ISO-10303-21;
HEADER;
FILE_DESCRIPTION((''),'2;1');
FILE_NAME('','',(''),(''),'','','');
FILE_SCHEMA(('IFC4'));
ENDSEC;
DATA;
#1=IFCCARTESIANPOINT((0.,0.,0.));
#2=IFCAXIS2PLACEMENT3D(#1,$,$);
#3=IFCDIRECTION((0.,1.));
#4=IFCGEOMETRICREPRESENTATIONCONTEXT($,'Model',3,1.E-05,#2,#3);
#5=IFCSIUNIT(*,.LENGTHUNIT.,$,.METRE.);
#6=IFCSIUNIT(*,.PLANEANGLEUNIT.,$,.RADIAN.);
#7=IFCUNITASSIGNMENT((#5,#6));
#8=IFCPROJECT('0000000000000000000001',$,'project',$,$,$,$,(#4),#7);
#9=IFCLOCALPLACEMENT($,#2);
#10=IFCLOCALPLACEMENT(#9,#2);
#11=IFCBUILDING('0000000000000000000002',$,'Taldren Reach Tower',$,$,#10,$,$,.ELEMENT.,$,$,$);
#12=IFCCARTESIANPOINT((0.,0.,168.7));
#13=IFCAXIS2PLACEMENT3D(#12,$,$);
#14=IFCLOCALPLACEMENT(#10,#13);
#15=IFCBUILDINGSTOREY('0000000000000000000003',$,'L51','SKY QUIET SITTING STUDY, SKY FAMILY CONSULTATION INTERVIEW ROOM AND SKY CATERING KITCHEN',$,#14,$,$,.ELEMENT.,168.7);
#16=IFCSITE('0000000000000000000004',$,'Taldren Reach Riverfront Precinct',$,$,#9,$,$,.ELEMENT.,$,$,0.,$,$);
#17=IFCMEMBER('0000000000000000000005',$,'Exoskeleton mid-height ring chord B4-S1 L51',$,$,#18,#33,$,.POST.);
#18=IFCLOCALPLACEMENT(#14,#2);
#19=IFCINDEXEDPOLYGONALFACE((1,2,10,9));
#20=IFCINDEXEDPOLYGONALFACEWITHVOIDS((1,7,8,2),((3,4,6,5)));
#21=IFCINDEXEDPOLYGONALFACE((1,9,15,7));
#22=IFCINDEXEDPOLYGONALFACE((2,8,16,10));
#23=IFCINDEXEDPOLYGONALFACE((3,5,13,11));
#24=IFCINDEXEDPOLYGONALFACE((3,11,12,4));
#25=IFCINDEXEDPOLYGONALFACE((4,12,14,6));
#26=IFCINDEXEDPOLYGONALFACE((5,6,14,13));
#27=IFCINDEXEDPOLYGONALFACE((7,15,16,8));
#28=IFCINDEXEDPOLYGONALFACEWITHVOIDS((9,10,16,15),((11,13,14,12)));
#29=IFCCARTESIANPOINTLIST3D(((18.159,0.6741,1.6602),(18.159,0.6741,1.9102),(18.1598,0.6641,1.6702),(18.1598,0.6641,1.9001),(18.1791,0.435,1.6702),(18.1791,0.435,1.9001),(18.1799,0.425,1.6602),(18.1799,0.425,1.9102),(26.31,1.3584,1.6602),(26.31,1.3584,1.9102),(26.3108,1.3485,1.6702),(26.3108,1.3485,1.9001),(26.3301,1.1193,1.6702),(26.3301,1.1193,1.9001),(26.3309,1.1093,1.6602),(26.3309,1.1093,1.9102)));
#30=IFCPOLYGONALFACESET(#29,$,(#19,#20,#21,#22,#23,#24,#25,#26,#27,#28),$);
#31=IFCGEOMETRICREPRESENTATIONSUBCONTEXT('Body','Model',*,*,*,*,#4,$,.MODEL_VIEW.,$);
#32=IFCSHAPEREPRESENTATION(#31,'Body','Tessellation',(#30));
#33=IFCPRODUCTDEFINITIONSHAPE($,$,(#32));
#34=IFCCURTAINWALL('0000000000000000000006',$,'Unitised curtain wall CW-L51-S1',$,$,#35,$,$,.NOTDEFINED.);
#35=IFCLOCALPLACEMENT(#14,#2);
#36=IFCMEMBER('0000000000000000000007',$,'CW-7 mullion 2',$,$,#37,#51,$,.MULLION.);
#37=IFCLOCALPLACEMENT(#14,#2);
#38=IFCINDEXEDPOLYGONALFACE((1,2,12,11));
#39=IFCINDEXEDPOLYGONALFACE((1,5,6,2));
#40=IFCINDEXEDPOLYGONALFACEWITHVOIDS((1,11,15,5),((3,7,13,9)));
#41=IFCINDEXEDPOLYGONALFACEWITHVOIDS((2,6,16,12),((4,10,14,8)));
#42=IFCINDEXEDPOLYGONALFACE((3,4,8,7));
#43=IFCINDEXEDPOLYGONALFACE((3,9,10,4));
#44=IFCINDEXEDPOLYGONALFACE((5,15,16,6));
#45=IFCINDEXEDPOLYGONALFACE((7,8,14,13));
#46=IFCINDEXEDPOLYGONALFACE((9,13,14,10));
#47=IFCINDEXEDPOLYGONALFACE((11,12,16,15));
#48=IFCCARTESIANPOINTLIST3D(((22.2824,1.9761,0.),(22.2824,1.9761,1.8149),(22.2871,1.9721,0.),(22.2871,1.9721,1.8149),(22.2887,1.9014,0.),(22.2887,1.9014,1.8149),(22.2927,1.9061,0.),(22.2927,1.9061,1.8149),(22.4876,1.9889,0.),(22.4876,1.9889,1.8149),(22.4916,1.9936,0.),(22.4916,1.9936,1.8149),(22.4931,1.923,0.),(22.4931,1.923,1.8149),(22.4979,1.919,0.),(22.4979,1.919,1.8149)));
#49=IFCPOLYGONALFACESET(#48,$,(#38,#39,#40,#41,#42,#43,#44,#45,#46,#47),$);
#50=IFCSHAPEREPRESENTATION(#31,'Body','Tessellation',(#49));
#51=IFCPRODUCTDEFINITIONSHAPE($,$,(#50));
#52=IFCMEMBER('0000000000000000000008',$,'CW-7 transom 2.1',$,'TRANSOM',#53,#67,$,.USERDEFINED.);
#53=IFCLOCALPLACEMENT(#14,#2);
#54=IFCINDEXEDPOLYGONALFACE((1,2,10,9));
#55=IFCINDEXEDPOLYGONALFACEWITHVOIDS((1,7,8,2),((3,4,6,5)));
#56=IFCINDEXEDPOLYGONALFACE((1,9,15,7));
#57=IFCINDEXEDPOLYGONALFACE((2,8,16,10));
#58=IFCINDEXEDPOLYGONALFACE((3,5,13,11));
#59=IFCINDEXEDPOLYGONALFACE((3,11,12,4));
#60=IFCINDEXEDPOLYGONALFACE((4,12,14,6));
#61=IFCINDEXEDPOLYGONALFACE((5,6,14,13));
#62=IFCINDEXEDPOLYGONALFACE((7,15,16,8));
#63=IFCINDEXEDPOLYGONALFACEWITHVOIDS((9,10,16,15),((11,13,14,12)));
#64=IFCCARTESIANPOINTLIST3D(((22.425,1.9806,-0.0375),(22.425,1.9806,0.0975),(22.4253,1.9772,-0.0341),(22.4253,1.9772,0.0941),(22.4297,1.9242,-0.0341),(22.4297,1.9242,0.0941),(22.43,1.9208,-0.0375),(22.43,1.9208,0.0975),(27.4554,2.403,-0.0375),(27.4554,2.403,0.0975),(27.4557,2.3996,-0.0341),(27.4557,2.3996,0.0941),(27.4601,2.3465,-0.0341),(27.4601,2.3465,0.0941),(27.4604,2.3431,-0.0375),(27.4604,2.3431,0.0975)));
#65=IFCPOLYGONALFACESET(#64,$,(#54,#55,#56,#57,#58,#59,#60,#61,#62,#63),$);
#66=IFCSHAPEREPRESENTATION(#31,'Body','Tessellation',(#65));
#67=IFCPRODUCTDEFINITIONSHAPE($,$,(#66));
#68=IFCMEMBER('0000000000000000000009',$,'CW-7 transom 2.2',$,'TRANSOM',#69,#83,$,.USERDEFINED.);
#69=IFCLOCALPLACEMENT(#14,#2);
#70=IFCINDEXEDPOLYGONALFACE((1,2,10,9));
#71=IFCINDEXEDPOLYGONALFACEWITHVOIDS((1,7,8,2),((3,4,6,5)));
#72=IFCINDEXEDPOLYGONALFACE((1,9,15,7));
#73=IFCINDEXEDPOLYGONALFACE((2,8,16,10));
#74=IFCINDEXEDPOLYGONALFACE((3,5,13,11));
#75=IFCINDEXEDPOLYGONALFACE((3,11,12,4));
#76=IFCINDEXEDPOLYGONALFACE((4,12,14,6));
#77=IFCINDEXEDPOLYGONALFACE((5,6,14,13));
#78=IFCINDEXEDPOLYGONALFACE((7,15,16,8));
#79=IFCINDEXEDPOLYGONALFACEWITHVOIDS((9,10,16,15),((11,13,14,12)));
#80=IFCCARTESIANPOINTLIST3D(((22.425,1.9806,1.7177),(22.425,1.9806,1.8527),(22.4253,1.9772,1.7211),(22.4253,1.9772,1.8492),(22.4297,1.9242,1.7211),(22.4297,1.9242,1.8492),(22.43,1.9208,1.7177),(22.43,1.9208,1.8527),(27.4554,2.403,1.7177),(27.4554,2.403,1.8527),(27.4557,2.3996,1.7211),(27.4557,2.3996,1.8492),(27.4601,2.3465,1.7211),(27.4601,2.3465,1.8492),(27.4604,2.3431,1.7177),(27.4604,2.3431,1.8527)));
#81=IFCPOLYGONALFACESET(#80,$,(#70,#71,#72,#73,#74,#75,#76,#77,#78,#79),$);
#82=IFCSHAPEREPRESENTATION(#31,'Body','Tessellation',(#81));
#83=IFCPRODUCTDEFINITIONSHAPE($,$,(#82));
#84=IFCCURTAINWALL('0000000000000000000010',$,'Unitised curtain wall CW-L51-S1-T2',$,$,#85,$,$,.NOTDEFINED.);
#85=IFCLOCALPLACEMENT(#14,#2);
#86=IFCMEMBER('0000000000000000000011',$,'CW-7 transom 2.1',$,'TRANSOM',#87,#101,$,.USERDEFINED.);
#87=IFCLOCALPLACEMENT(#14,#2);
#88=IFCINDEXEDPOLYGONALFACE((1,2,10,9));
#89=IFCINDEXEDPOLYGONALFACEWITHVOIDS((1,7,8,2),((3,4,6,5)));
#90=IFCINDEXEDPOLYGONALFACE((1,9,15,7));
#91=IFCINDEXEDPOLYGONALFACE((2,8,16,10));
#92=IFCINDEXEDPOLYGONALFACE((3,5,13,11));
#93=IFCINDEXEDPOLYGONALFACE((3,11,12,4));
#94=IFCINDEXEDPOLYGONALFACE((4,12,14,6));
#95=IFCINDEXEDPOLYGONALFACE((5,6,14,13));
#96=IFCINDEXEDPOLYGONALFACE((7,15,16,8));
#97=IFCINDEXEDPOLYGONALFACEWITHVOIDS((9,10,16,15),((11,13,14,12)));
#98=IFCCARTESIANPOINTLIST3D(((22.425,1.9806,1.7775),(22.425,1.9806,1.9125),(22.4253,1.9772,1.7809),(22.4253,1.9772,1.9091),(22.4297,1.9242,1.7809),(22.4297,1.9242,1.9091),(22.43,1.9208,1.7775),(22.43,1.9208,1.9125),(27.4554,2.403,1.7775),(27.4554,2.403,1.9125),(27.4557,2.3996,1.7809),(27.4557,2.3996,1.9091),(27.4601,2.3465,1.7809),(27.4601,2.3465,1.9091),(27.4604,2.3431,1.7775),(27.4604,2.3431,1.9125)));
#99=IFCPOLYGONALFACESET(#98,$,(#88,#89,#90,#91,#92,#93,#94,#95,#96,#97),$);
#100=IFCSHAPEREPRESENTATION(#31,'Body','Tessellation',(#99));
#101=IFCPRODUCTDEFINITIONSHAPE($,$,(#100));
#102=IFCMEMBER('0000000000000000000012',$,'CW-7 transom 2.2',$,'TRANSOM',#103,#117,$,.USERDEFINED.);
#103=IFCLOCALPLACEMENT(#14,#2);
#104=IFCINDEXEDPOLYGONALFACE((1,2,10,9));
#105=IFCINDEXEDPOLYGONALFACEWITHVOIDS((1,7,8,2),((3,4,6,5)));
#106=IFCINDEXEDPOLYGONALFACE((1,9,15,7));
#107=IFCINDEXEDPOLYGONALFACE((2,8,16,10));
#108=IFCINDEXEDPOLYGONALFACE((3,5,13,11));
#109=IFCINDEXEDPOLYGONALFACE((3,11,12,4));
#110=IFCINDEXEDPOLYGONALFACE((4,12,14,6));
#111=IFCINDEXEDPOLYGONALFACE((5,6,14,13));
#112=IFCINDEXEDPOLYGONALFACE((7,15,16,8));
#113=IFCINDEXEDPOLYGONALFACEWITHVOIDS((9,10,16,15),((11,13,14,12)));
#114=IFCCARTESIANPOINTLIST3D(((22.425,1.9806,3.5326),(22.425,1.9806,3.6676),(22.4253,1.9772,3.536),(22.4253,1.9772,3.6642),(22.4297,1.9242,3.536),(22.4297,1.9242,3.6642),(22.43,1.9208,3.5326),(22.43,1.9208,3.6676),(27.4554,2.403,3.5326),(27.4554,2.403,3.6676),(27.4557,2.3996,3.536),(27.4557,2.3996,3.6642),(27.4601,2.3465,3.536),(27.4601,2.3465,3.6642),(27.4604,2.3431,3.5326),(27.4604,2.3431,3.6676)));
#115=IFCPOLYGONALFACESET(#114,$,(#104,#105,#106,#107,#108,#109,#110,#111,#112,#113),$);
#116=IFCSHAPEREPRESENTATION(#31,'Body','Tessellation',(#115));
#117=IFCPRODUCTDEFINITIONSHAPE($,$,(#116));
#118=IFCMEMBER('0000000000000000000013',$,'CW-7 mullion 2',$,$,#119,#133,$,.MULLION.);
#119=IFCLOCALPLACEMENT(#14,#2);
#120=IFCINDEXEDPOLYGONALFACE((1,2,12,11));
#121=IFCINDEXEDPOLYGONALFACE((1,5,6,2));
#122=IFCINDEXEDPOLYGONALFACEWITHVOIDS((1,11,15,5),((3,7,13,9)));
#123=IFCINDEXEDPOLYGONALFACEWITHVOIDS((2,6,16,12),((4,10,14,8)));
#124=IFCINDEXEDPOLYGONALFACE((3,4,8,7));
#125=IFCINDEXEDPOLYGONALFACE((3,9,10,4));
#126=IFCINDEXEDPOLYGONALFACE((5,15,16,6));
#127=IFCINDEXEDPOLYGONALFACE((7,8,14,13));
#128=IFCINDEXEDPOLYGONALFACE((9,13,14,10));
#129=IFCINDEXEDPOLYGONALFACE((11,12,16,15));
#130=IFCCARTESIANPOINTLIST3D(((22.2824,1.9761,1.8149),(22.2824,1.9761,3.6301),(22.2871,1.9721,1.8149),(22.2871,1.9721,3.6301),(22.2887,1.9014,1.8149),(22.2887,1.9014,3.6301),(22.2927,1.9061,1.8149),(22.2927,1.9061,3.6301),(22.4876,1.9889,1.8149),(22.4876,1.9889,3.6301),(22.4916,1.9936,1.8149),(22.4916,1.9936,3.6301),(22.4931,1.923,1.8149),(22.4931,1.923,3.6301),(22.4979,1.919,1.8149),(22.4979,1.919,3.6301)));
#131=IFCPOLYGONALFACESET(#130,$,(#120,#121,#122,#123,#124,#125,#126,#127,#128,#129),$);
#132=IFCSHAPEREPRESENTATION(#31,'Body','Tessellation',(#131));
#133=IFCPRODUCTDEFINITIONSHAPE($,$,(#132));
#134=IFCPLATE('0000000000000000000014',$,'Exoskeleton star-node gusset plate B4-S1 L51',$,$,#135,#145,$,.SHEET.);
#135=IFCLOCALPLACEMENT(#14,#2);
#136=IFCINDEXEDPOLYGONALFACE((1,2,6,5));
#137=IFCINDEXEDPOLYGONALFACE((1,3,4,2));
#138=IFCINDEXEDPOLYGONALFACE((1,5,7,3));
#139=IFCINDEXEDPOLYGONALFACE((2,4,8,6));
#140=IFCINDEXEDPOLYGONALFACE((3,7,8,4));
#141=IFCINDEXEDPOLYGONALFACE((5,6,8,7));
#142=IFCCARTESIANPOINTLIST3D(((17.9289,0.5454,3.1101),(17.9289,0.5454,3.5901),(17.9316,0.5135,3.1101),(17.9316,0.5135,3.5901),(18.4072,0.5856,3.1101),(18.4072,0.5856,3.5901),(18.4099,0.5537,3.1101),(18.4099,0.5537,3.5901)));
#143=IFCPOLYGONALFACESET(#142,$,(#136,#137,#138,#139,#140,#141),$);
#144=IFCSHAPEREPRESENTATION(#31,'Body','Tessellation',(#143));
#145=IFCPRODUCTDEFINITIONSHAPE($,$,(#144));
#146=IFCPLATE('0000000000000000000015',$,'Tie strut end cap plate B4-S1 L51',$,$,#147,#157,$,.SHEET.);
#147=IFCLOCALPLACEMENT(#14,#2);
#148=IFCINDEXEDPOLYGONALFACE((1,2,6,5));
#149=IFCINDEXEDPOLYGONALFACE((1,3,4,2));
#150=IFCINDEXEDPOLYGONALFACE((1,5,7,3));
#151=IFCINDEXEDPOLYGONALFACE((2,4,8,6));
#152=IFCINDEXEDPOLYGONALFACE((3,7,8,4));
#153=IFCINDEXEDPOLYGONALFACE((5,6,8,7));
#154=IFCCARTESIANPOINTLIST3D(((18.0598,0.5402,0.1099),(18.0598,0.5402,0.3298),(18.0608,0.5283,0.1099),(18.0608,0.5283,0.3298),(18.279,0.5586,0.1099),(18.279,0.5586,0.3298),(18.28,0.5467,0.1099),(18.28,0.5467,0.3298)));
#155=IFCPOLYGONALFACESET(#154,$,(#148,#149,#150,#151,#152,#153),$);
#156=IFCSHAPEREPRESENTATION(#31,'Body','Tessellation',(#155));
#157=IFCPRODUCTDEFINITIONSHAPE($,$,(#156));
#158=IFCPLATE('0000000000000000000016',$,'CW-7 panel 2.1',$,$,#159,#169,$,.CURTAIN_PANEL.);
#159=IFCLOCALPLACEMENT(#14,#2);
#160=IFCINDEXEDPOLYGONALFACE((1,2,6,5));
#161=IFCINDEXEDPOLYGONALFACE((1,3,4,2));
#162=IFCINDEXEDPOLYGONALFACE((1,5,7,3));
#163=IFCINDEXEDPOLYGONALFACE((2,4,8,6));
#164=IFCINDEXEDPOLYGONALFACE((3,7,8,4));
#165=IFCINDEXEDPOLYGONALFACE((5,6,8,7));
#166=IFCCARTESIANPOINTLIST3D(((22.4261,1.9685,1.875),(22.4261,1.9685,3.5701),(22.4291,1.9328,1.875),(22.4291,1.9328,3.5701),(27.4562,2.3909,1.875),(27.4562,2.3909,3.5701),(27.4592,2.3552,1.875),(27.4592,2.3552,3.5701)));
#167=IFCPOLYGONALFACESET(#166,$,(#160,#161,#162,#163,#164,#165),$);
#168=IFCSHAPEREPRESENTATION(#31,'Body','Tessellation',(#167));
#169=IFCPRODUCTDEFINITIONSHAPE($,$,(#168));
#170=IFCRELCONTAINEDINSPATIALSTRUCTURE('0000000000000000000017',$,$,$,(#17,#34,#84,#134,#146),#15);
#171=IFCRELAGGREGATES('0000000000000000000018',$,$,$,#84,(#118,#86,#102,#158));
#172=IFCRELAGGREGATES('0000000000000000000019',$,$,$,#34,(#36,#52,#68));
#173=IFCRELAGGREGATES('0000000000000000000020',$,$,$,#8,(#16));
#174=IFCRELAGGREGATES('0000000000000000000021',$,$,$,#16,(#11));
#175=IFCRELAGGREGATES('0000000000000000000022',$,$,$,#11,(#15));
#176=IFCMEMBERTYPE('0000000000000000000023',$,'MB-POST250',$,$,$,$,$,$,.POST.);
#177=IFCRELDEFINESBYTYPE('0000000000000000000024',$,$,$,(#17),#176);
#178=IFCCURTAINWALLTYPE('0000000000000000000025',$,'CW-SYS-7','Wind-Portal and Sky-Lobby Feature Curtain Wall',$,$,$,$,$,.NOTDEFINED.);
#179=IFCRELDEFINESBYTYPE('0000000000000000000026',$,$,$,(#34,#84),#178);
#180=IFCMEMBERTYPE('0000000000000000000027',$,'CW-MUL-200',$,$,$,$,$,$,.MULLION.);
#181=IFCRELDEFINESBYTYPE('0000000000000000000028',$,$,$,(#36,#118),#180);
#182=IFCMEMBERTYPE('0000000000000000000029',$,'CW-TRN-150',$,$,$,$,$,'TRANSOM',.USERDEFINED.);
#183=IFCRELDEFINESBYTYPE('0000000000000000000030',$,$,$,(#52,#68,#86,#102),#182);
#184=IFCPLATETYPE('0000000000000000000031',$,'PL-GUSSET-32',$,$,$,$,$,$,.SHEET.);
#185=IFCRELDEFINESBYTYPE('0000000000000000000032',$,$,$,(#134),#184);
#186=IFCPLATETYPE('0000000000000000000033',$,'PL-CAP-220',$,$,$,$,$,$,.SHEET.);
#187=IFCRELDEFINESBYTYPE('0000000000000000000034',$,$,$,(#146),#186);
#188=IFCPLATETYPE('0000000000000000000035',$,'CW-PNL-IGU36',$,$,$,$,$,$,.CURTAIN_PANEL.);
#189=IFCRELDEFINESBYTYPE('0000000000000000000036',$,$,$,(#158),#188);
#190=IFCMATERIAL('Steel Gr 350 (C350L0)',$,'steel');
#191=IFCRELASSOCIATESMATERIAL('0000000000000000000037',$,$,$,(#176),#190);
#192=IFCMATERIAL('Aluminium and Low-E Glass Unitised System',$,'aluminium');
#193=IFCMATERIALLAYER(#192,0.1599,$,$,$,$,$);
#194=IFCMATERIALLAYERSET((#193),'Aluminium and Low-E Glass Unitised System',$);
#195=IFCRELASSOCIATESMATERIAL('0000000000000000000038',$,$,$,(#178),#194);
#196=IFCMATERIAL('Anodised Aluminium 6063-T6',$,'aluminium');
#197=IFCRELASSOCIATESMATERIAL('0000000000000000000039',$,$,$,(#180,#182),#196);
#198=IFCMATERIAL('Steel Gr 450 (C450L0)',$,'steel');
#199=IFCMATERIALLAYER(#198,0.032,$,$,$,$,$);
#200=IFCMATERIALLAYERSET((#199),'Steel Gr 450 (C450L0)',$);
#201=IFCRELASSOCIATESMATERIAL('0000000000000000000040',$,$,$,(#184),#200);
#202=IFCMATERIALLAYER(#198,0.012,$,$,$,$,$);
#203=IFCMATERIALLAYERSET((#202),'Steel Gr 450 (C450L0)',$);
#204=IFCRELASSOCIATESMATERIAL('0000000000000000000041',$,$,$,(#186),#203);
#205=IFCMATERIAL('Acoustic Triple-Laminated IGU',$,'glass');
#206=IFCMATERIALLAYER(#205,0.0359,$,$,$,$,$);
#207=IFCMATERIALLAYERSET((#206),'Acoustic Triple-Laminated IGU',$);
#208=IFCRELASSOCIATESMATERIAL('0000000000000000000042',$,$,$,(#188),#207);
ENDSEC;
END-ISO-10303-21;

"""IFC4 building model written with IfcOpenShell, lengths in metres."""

from ifc_helpers import new_model, si_unit, direction, frame, origin, origin_2d, place, context, subcontext, project, spatial, rectangle, hollow_rectangle, extrude, source, transform, mapped, material, layer, layer_set, material_profile, profile_set, type_object, element, aggregate, save


model = new_model("IFC4")

# Units and contexts
model_context = context("Model", 3, precision=1e-05, world=origin(), true_north=direction((0.0, 1.0)))
body_context = subcontext(model_context, "Body", "Model", "MODEL_VIEW")
ifc_project = project(units=[si_unit("LENGTHUNIT", "METRE"), si_unit("PLANEANGLEUNIT", "RADIAN")], contexts=[model_context])

# Site, building, storey
site_placement = place(None, origin())
site = spatial("IfcSite", under=ifc_project, at=site_placement, Name="Taldren Reach Riverfront Precinct", CompositionType="ELEMENT", RefElevation=0.0)
building_placement = place(site_placement, origin())
building = spatial("IfcBuilding", under=site, at=building_placement, Name="Taldren Reach Tower", CompositionType="ELEMENT")
storey_placement = place(building_placement, frame((0.0, 0.0, 168.7)))
storey = spatial("IfcBuildingStorey", under=building, at=storey_placement, Name="L51", Description="SKY QUIET SITTING STUDY, SKY FAMILY CONSULTATION INTERVIEW ROOM AND SKY CATERING KITCHEN", CompositionType="ELEMENT", Elevation=168.7)

# Shared definitions
ifc_material_1 = material(Name="Steel Gr 350 (C350L0)", Category="steel")

# Shared definitions
ifc_material_profile_1 = material_profile(ifc_material_1, hollow_rectangle(XDim=0.25, YDim=0.25, WallThickness=0.01, at=origin_2d()), Name="250x250x10.0SHS")
ifc_profile_set_1 = profile_set([ifc_material_profile_1], Name="Steel Gr 350 (C350L0)")
member_type_1 = type_object("IfcMemberType", Name="MB-POST250", PredefinedType="POST", material=ifc_profile_set_1)

# Member
ifc_material_2 = material(Name="Steel Gr 450 (C450L0)", Category="steel")
shared_shape_1 = source(origin(), body_context, "Body", "SweptSolid", [
    extrude(hollow_rectangle(XDim=0.25, YDim=0.25, WallThickness=0.01, at=origin_2d()), origin(), (0.0, 0.0, 1.0), 8.1797),
])
member_1_placement = place(storey_placement, frame((18.1694, 0.5496, 1.7852), z_axis=(0.996494, 0.083661, 0.0), x_axis=(-0.083661, 0.996494, 0.0)))
element("IfcMember", 1, at=member_1_placement, inside=storey, type_object=member_type_1, Name="Exoskeleton mid-height ring chord B4-S1 L51", PredefinedType="POST", context=body_context, shape_type="MappedRepresentation", body=[
    mapped(shared_shape_1, transform((0.0, 0.0, 0.0), scale=1.0)),
])

# Curtain walls, members
ifc_material_3 = material(Name="Aluminium and Low-E Glass Unitised System", Category="aluminium")
ifc_layer_1 = layer(ifc_material_3, 0.1599)
ifc_layer_set_1 = layer_set([ifc_layer_1], Name="Aluminium and Low-E Glass Unitised System")
curtain_wall_type = type_object("IfcCurtainWallType", Name="CW-SYS-7", Description="Wind-Portal and Sky-Lobby Feature Curtain Wall", PredefinedType="NOTDEFINED", material=ifc_layer_set_1)
curtain_wall_1_placement = place(storey_placement, origin())
curtain_wall_1 = element("IfcCurtainWall", 2, at=curtain_wall_1_placement, inside=storey, type_object=curtain_wall_type, Name="Unitised curtain wall CW-L51-S1", PredefinedType="NOTDEFINED")
ifc_material_4 = material(Name="Anodised Aluminium 6063-T6", Category="aluminium")
ifc_material_profile_2 = material_profile(ifc_material_4, hollow_rectangle(XDim=0.075, YDim=0.21, WallThickness=0.0044, at=origin_2d()), Name="ALU-210x75x4.5RHS")
ifc_profile_set_2 = profile_set([ifc_material_profile_2], Name="Anodised Aluminium 6063-T6")
member_type_2 = type_object("IfcMemberType", Name="CW-MUL-200", PredefinedType="MULLION", material=ifc_profile_set_2)
shared_shape_2 = source(origin(), body_context, "Body", "SweptSolid", [
    extrude(hollow_rectangle(XDim=0.075, YDim=0.21, WallThickness=0.0044, at=origin_2d()), origin(), (0.0, 0.0, 1.0), 1.8149),
])
member_2_placement = place(storey_placement, frame((22.3901, 1.9475, 0.0), z_axis=(0.0, 0.0, 1.0), x_axis=(-0.083678, 0.996493, 0.0)))
member_2 = element("IfcMember", 3, at=member_2_placement, type_object=member_type_2, Name="CW-7 mullion 2", PredefinedType="MULLION", context=body_context, shape_type="MappedRepresentation", body=[
    mapped(shared_shape_2, transform((0.0, 0.0, 0.0), scale=1.0)),
])
ifc_material_profile_3 = material_profile(ifc_material_4, hollow_rectangle(XDim=0.0601, YDim=0.135, WallThickness=0.0034, at=origin_2d()), Name="ALU-135x60x3.5RHS")
ifc_profile_set_3 = profile_set([ifc_material_profile_3], Name="Anodised Aluminium 6063-T6")
member_type_3 = type_object("IfcMemberType", Name="CW-TRN-150", ElementType="TRANSOM", PredefinedType="USERDEFINED", material=ifc_profile_set_3)
shared_shape_3 = source(origin(), body_context, "Body", "SweptSolid", [
    extrude(hollow_rectangle(XDim=0.0601, YDim=0.135, WallThickness=0.0034, at=origin_2d()), origin(), (0.0, 0.0, 1.0), 5.0481),
])
member_3_placement = place(storey_placement, frame((22.4275, 1.9507, 0.03), z_axis=(0.996494, 0.08367, 0.0), x_axis=(-0.08367, 0.996494, 0.0)))
member_3 = element("IfcMember", 4, at=member_3_placement, type_object=member_type_3, Name="CW-7 transom 2.1", ObjectType="TRANSOM", PredefinedType="USERDEFINED", context=body_context, shape_type="MappedRepresentation", body=[
    mapped(shared_shape_3, transform((0.0, 0.0, 0.0), scale=1.0)),
])
member_4_placement = place(storey_placement, frame((22.4275, 1.9507, 1.7852), z_axis=(0.996494, 0.08367, 0.0), x_axis=(-0.08367, 0.996494, 0.0)))
member_4 = element("IfcMember", 5, at=member_4_placement, type_object=member_type_3, Name="CW-7 transom 2.2", ObjectType="TRANSOM", PredefinedType="USERDEFINED", context=body_context, shape_type="MappedRepresentation", body=[
    mapped(shared_shape_3, transform((0.0, 0.0, 0.0), scale=1.0)),
])
curtain_wall_2_placement = place(storey_placement, origin())
curtain_wall_2 = element("IfcCurtainWall", 6, at=curtain_wall_2_placement, inside=storey, type_object=curtain_wall_type, Name="Unitised curtain wall CW-L51-S1-T2", PredefinedType="NOTDEFINED")
member_5_placement = place(storey_placement, frame((22.4275, 1.9507, 1.845), z_axis=(0.996494, 0.08367, 0.0), x_axis=(-0.08367, 0.996494, 0.0)))
member_5 = element("IfcMember", 7, at=member_5_placement, type_object=member_type_3, Name="CW-7 transom 2.1", ObjectType="TRANSOM", PredefinedType="USERDEFINED", context=body_context, shape_type="MappedRepresentation", body=[
    mapped(shared_shape_3, transform((0.0, 0.0, 0.0), scale=1.0)),
])
member_6_placement = place(storey_placement, frame((22.4275, 1.9507, 3.6001), z_axis=(0.996494, 0.08367, 0.0), x_axis=(-0.08367, 0.996494, 0.0)))
member_6 = element("IfcMember", 8, at=member_6_placement, type_object=member_type_3, Name="CW-7 transom 2.2", ObjectType="TRANSOM", PredefinedType="USERDEFINED", context=body_context, shape_type="MappedRepresentation", body=[
    mapped(shared_shape_3, transform((0.0, 0.0, 0.0), scale=1.0)),
])
shared_shape_4 = source(origin(), body_context, "Body", "SweptSolid", [
    extrude(hollow_rectangle(XDim=0.075, YDim=0.21, WallThickness=0.0044, at=origin_2d()), origin(), (0.0, 0.0, 1.0), 1.8152),
])
member_7_placement = place(storey_placement, frame((22.3901, 1.9475, 1.8149), z_axis=(0.0, 0.0, 1.0), x_axis=(-0.083678, 0.996493, 0.0)))
member_7 = element("IfcMember", 9, at=member_7_placement, type_object=member_type_2, Name="CW-7 mullion 2", PredefinedType="MULLION", context=body_context, shape_type="MappedRepresentation", body=[
    mapped(shared_shape_4, transform((0.0, 0.0, 0.0), scale=1.0)),
])

# Plates
ifc_layer_2 = layer(ifc_material_2, 0.032)
ifc_layer_set_2 = layer_set([ifc_layer_2], Name="Steel Gr 450 (C450L0)")
plate_type_1 = type_object("IfcPlateType", Name="PL-GUSSET-32", PredefinedType="SHEET", material=ifc_layer_set_2)
shared_shape_5 = source(origin(), body_context, "Body", "SweptSolid", [
    extrude(rectangle(XDim=0.48, YDim=0.032, at=origin_2d()), origin(), (0.0, 0.0, 1.0), 0.48),
])
plate_1_placement = place(storey_placement, frame((18.1694, 0.5496, 3.1101), z_axis=(0.0, 0.0, 1.0), x_axis=(0.996493, 0.083678, 0.0)))
element("IfcPlate", 10, at=plate_1_placement, inside=storey, type_object=plate_type_1, Name="Exoskeleton star-node gusset plate B4-S1 L51", PredefinedType="SHEET", context=body_context, shape_type="MappedRepresentation", body=[
    mapped(shared_shape_5, transform((0.0, 0.0, 0.0), scale=1.0)),
])
ifc_layer_3 = layer(ifc_material_2, 0.012)
ifc_layer_set_3 = layer_set([ifc_layer_3], Name="Steel Gr 450 (C450L0)")
plate_type_2 = type_object("IfcPlateType", Name="PL-CAP-220", PredefinedType="SHEET", material=ifc_layer_set_3)
shared_shape_6 = source(origin(), body_context, "Body", "SweptSolid", [
    extrude(rectangle(XDim=0.22, YDim=0.012, at=origin_2d()), origin(), (0.0, 0.0, 1.0), 0.22),
])
plate_2_placement = place(storey_placement, frame((18.1699, 0.5435, 0.1099), z_axis=(0.0, 0.0, 1.0), x_axis=(0.996493, 0.083678, 0.0)))
element("IfcPlate", 11, at=plate_2_placement, inside=storey, type_object=plate_type_2, Name="Tie strut end cap plate B4-S1 L51", PredefinedType="SHEET", context=body_context, shape_type="MappedRepresentation", body=[
    mapped(shared_shape_6, transform((0.0, 0.0, 0.0), scale=1.0)),
])

# Plate
ifc_material_5 = material(Name="Acoustic Triple-Laminated IGU", Category="glass")
ifc_layer_4 = layer(ifc_material_5, 0.0359)
ifc_layer_set_4 = layer_set([ifc_layer_4], Name="Acoustic Triple-Laminated IGU")
plate_type_3 = type_object("IfcPlateType", Name="CW-PNL-IGU36", PredefinedType="CURTAIN_PANEL", material=ifc_layer_set_4)
shared_shape_7 = source(origin(), body_context, "Body", "SweptSolid", [
    extrude(rectangle(XDim=5.0479, YDim=0.0359, at=origin_2d()), origin(), (0.0, 0.0, 1.0), 1.6951),
])
plate_3_placement = place(storey_placement, frame((24.9426, 2.1619, 1.875), z_axis=(0.0, 0.0, 1.0), x_axis=(0.996493, 0.083678, 0.0)))
plate_3 = element("IfcPlate", 12, at=plate_3_placement, type_object=plate_type_3, Name="CW-7 panel 2.1", PredefinedType="CURTAIN_PANEL", context=body_context, shape_type="MappedRepresentation", body=[
    mapped(shared_shape_7, transform((0.0, 0.0, 0.0), scale=1.0)),
])
aggregate(curtain_wall_2, [member_7, member_5, member_6, plate_3])
aggregate(curtain_wall_1, [member_2, member_3, member_4])

save(model, "model.ifc")
